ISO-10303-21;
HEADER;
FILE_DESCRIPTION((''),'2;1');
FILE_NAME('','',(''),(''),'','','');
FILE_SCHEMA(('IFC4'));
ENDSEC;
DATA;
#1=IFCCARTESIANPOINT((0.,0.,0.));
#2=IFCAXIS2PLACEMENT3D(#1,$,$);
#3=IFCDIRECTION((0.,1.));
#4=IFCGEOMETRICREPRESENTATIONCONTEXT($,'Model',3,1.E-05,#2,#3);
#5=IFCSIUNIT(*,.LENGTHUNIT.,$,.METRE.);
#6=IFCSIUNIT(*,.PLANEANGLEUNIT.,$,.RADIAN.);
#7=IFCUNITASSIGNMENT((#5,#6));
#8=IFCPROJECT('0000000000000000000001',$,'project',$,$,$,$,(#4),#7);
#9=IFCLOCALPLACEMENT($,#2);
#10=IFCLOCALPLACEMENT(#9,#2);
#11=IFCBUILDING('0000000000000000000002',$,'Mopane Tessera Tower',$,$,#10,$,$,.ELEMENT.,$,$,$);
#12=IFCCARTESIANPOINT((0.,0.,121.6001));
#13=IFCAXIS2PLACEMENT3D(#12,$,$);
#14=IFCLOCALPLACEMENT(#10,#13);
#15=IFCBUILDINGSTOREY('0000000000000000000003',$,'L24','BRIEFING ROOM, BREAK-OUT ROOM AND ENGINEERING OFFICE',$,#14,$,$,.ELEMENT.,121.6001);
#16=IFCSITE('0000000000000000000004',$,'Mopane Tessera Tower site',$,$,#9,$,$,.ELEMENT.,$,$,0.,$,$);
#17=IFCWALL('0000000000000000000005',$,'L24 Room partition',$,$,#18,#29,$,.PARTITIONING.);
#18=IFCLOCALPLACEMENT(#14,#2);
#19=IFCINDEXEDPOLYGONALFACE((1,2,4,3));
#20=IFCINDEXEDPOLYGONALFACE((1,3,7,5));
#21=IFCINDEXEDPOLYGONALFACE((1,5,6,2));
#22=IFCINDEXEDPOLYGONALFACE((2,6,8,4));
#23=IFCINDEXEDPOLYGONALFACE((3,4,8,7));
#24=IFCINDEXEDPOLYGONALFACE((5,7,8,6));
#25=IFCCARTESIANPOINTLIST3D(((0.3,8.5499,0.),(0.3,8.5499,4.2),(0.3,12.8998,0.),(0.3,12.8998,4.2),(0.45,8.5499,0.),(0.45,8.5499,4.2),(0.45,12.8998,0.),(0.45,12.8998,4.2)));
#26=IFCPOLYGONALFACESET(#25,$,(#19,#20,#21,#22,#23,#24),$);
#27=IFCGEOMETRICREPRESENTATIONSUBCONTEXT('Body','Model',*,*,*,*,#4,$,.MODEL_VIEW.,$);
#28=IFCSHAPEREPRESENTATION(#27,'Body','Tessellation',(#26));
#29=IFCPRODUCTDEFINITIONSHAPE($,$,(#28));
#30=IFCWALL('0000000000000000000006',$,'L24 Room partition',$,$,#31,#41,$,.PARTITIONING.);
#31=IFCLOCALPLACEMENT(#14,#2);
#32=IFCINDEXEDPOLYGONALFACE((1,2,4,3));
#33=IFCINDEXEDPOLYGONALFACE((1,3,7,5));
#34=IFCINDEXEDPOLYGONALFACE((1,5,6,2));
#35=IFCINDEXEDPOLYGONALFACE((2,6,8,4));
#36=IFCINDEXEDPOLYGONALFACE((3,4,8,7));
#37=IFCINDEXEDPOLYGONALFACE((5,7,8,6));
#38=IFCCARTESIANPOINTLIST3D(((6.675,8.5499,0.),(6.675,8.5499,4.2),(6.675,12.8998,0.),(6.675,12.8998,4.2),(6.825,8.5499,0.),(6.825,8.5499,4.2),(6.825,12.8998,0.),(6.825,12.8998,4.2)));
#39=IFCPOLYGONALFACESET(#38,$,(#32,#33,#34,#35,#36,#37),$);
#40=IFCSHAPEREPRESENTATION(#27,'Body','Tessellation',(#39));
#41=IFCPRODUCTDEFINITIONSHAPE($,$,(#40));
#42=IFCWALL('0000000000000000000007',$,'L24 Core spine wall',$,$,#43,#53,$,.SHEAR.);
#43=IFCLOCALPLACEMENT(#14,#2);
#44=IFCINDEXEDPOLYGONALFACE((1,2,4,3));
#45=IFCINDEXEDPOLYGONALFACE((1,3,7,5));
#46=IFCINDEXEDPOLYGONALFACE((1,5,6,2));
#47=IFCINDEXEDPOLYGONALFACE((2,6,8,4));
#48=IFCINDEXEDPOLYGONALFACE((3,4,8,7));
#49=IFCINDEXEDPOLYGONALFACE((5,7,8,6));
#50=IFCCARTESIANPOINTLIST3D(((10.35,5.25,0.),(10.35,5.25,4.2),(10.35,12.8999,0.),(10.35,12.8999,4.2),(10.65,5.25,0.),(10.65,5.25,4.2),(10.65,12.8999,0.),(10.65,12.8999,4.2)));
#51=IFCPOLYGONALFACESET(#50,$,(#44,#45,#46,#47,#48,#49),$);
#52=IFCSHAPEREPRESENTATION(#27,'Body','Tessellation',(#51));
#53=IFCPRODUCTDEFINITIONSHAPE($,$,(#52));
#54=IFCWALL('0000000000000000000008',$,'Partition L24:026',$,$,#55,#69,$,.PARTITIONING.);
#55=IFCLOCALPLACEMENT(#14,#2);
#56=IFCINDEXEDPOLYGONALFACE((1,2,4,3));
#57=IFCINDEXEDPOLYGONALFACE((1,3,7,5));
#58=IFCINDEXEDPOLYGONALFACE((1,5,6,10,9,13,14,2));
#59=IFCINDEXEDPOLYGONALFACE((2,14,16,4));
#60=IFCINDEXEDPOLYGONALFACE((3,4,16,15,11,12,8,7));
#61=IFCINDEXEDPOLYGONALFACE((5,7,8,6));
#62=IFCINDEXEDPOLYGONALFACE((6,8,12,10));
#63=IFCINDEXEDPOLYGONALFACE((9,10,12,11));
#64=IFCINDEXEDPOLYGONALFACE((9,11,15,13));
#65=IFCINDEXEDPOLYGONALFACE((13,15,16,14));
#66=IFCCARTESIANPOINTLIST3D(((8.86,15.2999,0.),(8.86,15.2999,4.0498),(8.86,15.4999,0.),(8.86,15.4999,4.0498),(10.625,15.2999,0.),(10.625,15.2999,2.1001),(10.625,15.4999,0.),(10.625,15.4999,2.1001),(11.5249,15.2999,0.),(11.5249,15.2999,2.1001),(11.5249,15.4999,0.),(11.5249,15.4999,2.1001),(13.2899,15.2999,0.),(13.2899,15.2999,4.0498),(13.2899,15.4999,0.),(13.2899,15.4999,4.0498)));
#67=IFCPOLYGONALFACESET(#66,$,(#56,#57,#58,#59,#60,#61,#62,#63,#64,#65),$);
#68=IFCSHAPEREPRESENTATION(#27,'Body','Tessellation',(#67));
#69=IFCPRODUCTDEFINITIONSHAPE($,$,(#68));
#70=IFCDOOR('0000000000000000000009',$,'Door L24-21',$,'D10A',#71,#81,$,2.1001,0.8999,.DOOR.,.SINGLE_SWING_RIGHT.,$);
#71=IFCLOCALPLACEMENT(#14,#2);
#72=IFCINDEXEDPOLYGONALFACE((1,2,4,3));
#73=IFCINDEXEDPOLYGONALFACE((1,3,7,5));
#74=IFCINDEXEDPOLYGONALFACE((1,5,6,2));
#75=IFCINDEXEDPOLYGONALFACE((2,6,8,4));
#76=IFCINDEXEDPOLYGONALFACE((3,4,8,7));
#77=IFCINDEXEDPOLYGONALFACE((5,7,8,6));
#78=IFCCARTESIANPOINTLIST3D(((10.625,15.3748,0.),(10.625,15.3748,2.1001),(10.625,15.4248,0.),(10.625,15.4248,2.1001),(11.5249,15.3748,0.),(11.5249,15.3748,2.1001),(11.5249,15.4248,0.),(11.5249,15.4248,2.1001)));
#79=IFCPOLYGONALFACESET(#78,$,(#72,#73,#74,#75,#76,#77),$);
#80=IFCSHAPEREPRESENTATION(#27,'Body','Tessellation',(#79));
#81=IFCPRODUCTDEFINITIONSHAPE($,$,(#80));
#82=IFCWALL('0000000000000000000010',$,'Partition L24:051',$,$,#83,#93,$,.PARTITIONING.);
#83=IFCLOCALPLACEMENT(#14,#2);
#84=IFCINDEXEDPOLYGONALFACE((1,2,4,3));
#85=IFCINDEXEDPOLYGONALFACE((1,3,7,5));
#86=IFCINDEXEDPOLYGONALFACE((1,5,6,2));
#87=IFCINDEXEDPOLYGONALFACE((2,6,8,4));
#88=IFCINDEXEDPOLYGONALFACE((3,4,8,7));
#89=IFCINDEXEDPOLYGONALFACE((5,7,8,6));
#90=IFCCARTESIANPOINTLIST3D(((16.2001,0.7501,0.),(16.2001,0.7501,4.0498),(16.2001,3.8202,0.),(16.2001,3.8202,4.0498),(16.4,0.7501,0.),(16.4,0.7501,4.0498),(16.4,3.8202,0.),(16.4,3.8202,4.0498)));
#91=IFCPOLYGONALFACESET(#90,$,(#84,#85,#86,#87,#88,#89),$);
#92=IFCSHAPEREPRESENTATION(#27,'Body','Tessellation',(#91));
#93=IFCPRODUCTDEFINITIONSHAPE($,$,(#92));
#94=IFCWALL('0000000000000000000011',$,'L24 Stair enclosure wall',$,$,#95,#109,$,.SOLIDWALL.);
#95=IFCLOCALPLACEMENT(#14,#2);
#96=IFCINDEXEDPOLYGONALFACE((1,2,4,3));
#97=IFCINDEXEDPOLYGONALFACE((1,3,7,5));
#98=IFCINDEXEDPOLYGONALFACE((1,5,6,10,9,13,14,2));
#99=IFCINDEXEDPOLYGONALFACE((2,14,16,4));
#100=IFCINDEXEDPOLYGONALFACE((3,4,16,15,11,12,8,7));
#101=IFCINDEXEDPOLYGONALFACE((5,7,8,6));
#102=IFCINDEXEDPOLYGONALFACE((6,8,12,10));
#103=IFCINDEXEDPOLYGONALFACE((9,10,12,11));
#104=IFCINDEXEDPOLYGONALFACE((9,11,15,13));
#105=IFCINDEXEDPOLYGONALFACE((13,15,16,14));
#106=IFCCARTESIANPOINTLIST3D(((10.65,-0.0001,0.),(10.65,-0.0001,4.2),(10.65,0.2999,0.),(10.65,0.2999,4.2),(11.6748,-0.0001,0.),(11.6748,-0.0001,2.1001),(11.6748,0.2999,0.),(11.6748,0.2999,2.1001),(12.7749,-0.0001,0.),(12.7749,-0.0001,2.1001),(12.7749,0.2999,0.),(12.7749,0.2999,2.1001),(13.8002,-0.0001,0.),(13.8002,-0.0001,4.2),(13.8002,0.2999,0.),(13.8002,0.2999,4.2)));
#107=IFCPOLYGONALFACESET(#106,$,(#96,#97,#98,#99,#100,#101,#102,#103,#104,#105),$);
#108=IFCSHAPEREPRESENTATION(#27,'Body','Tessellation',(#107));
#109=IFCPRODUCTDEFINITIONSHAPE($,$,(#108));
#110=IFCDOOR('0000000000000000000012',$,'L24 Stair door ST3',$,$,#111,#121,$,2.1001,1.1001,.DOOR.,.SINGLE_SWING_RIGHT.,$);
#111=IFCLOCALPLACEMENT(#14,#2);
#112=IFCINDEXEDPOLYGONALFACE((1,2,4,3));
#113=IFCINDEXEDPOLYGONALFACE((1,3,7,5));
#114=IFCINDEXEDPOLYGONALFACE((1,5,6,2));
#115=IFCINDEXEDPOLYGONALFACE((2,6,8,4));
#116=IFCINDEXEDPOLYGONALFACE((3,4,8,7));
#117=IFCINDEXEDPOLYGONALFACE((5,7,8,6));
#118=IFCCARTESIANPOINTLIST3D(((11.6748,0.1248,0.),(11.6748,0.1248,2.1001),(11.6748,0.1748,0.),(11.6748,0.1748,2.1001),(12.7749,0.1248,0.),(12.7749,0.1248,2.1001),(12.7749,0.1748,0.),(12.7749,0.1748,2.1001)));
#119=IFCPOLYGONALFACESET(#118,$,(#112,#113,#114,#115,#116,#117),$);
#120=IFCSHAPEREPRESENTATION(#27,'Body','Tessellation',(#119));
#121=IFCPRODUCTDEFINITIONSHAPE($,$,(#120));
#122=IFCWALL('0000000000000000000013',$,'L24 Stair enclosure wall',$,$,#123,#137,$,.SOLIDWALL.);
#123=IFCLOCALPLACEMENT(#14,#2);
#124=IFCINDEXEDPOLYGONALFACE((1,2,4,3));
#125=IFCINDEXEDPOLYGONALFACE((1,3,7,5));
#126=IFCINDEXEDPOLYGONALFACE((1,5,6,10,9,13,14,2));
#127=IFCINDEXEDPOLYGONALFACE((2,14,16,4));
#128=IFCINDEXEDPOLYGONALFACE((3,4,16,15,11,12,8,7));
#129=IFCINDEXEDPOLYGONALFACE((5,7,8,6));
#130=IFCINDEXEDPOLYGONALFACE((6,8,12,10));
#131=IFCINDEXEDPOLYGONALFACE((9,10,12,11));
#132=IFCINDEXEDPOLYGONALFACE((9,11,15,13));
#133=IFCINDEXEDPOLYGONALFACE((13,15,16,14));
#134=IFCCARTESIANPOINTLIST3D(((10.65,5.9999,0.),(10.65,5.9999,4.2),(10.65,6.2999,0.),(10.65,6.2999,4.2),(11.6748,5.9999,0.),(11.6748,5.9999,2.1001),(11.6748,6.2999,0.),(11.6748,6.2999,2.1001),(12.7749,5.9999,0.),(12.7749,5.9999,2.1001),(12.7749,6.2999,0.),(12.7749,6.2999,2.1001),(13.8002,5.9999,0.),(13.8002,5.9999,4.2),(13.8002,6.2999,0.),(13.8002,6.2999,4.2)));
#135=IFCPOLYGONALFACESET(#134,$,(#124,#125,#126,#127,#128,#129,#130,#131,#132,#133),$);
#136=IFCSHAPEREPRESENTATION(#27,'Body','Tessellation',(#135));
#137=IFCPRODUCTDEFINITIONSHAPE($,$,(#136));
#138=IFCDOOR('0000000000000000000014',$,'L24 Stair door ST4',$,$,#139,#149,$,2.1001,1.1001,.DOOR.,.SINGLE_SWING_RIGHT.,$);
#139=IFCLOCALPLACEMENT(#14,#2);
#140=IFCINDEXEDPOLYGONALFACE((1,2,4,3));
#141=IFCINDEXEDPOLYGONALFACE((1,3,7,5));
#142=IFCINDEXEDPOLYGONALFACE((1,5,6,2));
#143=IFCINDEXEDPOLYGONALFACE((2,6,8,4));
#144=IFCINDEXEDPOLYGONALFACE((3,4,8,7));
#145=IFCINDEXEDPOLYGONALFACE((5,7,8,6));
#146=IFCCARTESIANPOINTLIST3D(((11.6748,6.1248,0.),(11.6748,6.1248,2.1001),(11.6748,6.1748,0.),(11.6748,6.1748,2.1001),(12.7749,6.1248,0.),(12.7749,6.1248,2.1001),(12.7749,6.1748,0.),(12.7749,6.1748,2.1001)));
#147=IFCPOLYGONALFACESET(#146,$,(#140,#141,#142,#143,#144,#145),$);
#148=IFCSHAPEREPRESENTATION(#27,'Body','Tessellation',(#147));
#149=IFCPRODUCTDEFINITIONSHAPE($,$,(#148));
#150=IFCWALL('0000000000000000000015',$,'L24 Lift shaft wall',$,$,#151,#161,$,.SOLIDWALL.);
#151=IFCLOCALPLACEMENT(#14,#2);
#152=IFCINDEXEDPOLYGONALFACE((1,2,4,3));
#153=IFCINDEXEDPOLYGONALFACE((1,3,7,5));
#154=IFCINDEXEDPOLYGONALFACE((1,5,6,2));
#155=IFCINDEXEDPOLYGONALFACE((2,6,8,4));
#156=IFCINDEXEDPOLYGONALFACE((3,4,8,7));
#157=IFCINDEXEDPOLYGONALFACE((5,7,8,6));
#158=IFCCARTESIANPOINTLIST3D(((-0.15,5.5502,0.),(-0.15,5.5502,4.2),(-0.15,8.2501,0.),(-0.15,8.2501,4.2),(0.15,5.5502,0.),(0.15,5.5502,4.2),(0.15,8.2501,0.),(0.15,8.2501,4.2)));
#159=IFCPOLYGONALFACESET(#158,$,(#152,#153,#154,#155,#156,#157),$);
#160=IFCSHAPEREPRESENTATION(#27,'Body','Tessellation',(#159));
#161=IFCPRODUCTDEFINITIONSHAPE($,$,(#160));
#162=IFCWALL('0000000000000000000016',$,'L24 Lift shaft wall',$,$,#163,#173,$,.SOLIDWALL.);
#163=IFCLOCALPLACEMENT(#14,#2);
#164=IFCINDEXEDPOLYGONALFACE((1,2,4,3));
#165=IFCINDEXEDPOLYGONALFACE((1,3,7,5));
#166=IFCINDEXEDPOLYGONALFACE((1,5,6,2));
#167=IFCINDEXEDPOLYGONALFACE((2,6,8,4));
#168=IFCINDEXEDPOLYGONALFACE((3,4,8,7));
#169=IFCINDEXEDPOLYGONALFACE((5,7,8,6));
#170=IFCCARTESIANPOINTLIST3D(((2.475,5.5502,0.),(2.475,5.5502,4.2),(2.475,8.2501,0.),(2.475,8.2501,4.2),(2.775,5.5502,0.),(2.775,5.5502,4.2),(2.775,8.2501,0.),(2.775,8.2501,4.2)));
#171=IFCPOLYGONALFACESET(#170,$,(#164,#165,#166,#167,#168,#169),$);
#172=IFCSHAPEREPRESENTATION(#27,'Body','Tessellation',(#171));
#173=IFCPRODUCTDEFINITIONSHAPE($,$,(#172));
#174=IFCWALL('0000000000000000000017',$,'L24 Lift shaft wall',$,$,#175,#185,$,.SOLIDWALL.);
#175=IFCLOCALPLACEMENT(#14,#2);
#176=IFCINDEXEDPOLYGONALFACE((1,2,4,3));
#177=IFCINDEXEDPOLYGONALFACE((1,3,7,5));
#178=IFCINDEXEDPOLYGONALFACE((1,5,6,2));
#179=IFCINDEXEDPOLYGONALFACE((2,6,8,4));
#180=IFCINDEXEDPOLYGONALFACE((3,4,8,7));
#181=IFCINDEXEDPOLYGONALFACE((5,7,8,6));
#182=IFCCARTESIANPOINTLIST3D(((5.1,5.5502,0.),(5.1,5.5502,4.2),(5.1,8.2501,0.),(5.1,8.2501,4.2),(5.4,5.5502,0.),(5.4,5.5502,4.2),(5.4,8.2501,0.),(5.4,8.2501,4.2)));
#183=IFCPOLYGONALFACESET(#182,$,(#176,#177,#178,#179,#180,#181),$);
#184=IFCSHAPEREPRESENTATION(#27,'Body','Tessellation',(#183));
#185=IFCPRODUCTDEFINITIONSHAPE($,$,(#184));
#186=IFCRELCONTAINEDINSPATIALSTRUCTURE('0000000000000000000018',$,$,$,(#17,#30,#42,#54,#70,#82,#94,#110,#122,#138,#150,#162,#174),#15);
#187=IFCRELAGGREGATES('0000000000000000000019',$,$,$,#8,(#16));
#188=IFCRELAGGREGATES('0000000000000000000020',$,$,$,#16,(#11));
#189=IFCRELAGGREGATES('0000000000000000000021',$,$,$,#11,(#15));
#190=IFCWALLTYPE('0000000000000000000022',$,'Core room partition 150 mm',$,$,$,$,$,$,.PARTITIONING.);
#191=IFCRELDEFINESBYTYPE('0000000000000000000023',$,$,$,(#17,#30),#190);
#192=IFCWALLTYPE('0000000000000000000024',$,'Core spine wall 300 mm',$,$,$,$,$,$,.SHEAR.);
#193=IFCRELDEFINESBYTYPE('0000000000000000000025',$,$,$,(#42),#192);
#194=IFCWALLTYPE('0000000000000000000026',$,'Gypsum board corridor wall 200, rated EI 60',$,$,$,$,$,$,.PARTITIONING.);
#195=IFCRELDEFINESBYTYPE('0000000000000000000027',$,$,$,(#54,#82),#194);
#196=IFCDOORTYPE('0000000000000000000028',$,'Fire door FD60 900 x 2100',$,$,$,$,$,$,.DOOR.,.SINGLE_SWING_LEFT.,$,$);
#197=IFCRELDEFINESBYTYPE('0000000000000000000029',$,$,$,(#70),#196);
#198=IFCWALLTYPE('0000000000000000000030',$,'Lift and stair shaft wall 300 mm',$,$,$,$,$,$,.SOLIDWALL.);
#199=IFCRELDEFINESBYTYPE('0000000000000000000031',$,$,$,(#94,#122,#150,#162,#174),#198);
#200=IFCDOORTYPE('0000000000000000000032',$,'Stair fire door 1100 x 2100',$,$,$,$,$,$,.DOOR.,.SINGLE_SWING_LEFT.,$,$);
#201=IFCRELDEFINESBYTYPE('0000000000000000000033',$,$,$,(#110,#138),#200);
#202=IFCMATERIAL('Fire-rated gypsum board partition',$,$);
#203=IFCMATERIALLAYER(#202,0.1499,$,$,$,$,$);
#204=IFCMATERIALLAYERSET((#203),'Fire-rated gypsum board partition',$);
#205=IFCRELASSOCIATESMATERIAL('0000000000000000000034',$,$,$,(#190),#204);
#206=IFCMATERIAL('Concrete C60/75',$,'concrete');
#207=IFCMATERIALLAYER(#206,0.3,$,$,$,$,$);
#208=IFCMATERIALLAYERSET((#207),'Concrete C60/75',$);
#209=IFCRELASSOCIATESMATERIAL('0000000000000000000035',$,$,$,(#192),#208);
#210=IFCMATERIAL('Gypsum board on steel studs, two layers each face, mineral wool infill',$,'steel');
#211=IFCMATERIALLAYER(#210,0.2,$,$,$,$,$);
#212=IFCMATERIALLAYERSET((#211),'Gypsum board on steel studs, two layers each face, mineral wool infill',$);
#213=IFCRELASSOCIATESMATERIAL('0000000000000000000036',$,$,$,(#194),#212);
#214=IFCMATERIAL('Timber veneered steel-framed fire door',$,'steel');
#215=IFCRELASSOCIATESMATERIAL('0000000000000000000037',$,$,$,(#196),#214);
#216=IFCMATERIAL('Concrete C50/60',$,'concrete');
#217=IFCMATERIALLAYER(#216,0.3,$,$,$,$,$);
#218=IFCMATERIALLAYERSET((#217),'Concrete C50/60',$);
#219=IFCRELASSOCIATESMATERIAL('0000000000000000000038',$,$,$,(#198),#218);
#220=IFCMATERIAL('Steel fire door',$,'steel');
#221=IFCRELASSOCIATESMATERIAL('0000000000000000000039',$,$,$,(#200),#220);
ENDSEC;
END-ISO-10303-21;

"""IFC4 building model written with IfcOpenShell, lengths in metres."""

from ifc_helpers import new_model, si_unit, direction, frame, frame_2d, origin, place, context, subcontext, project, spatial, rectangle, extrude, material, layer, layer_set, type_object, element, fill, save


model = new_model("IFC4")

# Units and contexts
model_context = context("Model", 3, precision=1e-05, world=origin(), true_north=direction((0.0, 1.0)))
body_context = subcontext(model_context, "Body", "Model", "MODEL_VIEW")
ifc_project = project(units=[si_unit("LENGTHUNIT", "METRE"), si_unit("PLANEANGLEUNIT", "RADIAN")], contexts=[model_context])

# Site, building, storey
site_placement = place(None, origin())
site = spatial("IfcSite", under=ifc_project, at=site_placement, Name="Mopane Tessera Tower site", CompositionType="ELEMENT", RefElevation=0.0)
building_placement = place(site_placement, origin())
building = spatial("IfcBuilding", under=site, at=building_placement, Name="Mopane Tessera Tower", CompositionType="ELEMENT")
storey_placement = place(building_placement, frame((0.0, 0.0, 121.6001)))
storey = spatial("IfcBuildingStorey", under=building, at=storey_placement, Name="L24", Description="BRIEFING ROOM, BREAK-OUT ROOM AND ENGINEERING OFFICE", CompositionType="ELEMENT", Elevation=121.6001)

# Walls
ifc_material_1 = material(Name="Fire-rated gypsum board partition")
ifc_layer_1 = layer(ifc_material_1, 0.1499)
ifc_layer_set_1 = layer_set([ifc_layer_1], Name="Fire-rated gypsum board partition")
wall_type_1 = type_object("IfcWallType", Name="Core room partition 150 mm", PredefinedType="PARTITIONING", material=ifc_layer_set_1)
for number, where, z_axis, x_axis, name in (
    (1, (0.375, 8.55, 0.0), (0.0, 0.0, 1.0), (0.0, 1.0, 0.0), "L24 Room partition"),
    (2, (6.75, 8.55, 0.0), (0.0, 0.0, 1.0), (0.0, 1.0, 0.0), "L24 Room partition"),
):
    element("IfcWall", number, at=place(storey_placement, frame(where, z_axis=z_axis, x_axis=x_axis)), inside=storey, type_object=wall_type_1, Name=name, PredefinedType="PARTITIONING", context=body_context, shape_type="SweptSolid", body=[
        extrude(rectangle(XDim=4.3499, YDim=0.1499, at=frame_2d((2.1748, 0.0))), origin(), (0.0, 0.0, 1.0), 4.2),
    ])
ifc_material_2 = material(Name="Concrete C60/75", Category="concrete")
ifc_layer_2 = layer(ifc_material_2, 0.3)
ifc_layer_set_2 = layer_set([ifc_layer_2], Name="Concrete C60/75")
wall_type_2 = type_object("IfcWallType", Name="Core spine wall 300 mm", PredefinedType="SHEAR", material=ifc_layer_set_2)
wall_1_placement = place(storey_placement, frame((10.5, 5.25, 0.0), z_axis=(0.0, 0.0, 1.0), x_axis=(0.0, 1.0, 0.0)))
element("IfcWall", 3, at=wall_1_placement, inside=storey, type_object=wall_type_2, Name="L24 Core spine wall", PredefinedType="SHEAR", context=body_context, shape_type="SweptSolid", body=[
    extrude(rectangle(XDim=7.6499, YDim=0.3, at=frame_2d((3.825, 0.0))), origin(), (0.0, 0.0, 1.0), 4.2),
])

# Wall, opening, door
ifc_material_3 = material(Name="Gypsum board on steel studs, two layers each face, mineral wool infill", Category="steel")
ifc_layer_3 = layer(ifc_material_3, 0.2)
ifc_layer_set_3 = layer_set([ifc_layer_3], Name="Gypsum board on steel studs, two layers each face, mineral wool infill")
wall_type_3 = type_object("IfcWallType", Name="Gypsum board corridor wall 200, rated EI 60", PredefinedType="PARTITIONING", material=ifc_layer_set_3)
wall_2_placement = place(storey_placement, frame((8.8601, 15.3999, 0.0), z_axis=(0.0, 0.0, 1.0), x_axis=(1.0, 0.0, 0.0)))
wall_2 = element("IfcWall", 4, at=wall_2_placement, inside=storey, type_object=wall_type_3, Name="Partition L24:026", PredefinedType="PARTITIONING", context=body_context, shape_type="SweptSolid", body=[
    extrude(rectangle(XDim=4.4299, YDim=0.2, at=frame_2d((2.2148, 0.0))), origin(), (0.0, 0.0, 1.0), 4.0498),
])
opening_1_placement = place(wall_2_placement, frame((1.7649, 0.0, 0.0)))
opening_1 = element("IfcOpeningElement", 5, at=opening_1_placement, cuts=wall_2, PredefinedType="OPENING", context=body_context, shape_type="SweptSolid", body=[
    extrude(rectangle(XDim=0.8999, YDim=2.1001, at=frame_2d((0.45, 1.05))), frame((0.0, 0.1121, 0.0), z_axis=(0.0, -1.0, 0.0), x_axis=(1.0, 0.0, 0.0)), (0.0, 0.0, 1.0), 0.2239),
])
ifc_material_4 = material(Name="Timber veneered steel-framed fire door", Category="steel")
door_type_1 = type_object("IfcDoorType", Name="Fire door FD60 900 x 2100", OperationType="SINGLE_SWING_LEFT", PredefinedType="DOOR", material=ifc_material_4)
door_1_placement = place(opening_1_placement, origin())
door_1 = element("IfcDoor", 6, at=door_1_placement, inside=storey, type_object=door_type_1, Name="Door L24-21", ObjectType="D10A", OperationType="SINGLE_SWING_RIGHT", OverallHeight=2.1001, OverallWidth=0.8999, PredefinedType="DOOR", context=body_context, shape_type="SweptSolid", body=[
    extrude(rectangle(XDim=0.8999, YDim=2.1001, at=frame_2d((0.45, 1.05))), frame((0.0, 0.0249, 0.0), z_axis=(0.0, -1.0, 0.0), x_axis=(1.0, 0.0, 0.0)), (0.0, 0.0, 1.0), 0.05),
])
fill(opening_1, door_1)

# Wall
wall_3_placement = place(storey_placement, frame((16.3, 0.75, 0.0), z_axis=(0.0, 0.0, 1.0), x_axis=(0.0, 1.0, 0.0)))
element("IfcWall", 7, at=wall_3_placement, inside=storey, type_object=wall_type_3, Name="Partition L24:051", PredefinedType="PARTITIONING", context=body_context, shape_type="SweptSolid", body=[
    extrude(rectangle(XDim=3.0701, YDim=0.2, at=frame_2d((1.5352, 0.0))), origin(), (0.0, 0.0, 1.0), 4.0498),
])

# Walls, openings, doors
ifc_material_5 = material(Name="Concrete C50/60", Category="concrete")
ifc_layer_4 = layer(ifc_material_5, 0.3)
ifc_layer_set_4 = layer_set([ifc_layer_4], Name="Concrete C50/60")
wall_type_4 = type_object("IfcWallType", Name="Lift and stair shaft wall 300 mm", PredefinedType="SOLIDWALL", material=ifc_layer_set_4)
wall_4_placement = place(storey_placement, frame((10.6499, 0.1499, 0.0), z_axis=(0.0, 0.0, 1.0), x_axis=(1.0, 0.0, 0.0)))
wall_4 = element("IfcWall", 8, at=wall_4_placement, inside=storey, type_object=wall_type_4, Name="L24 Stair enclosure wall", PredefinedType="SOLIDWALL", context=body_context, shape_type="SweptSolid", body=[
    extrude(rectangle(XDim=3.1501, YDim=0.3, at=frame_2d((1.5752, 0.0))), origin(), (0.0, 0.0, 1.0), 4.2),
])
opening_2_placement = place(wall_4_placement, frame((1.0249, 0.0, 0.0)))
opening_2 = element("IfcOpeningElement", 9, at=opening_2_placement, cuts=wall_4, PredefinedType="OPENING", context=body_context, shape_type="SweptSolid", body=[
    extrude(rectangle(XDim=1.1001, YDim=2.1001, at=frame_2d((0.55, 1.05))), frame((0.0, 0.1621, 0.0), z_axis=(0.0, -1.0, 0.0), x_axis=(1.0, 0.0, 0.0)), (0.0, 0.0, 1.0), 0.324),
])
ifc_material_6 = material(Name="Steel fire door", Category="steel")
door_type_2 = type_object("IfcDoorType", Name="Stair fire door 1100 x 2100", OperationType="SINGLE_SWING_LEFT", PredefinedType="DOOR", material=ifc_material_6)
door_2_placement = place(opening_2_placement, origin())
door_2 = element("IfcDoor", 10, at=door_2_placement, inside=storey, type_object=door_type_2, Name="L24 Stair door ST3", OperationType="SINGLE_SWING_RIGHT", OverallHeight=2.1001, OverallWidth=1.1001, PredefinedType="DOOR", context=body_context, shape_type="SweptSolid", body=[
    extrude(rectangle(XDim=1.1001, YDim=2.1001, at=frame_2d((0.55, 1.05))), frame((0.0, 0.0249, 0.0), z_axis=(0.0, -1.0, 0.0), x_axis=(1.0, 0.0, 0.0)), (0.0, 0.0, 1.0), 0.05),
])
fill(opening_2, door_2)
wall_5_placement = place(storey_placement, frame((10.6499, 6.1499, 0.0), z_axis=(0.0, 0.0, 1.0), x_axis=(1.0, 0.0, 0.0)))
wall_5 = element("IfcWall", 11, at=wall_5_placement, inside=storey, type_object=wall_type_4, Name="L24 Stair enclosure wall", PredefinedType="SOLIDWALL", context=body_context, shape_type="SweptSolid", body=[
    extrude(rectangle(XDim=3.1501, YDim=0.3, at=frame_2d((1.5752, 0.0))), origin(), (0.0, 0.0, 1.0), 4.2),
])
opening_3_placement = place(wall_5_placement, frame((1.0249, 0.0, 0.0)))
opening_3 = element("IfcOpeningElement", 12, at=opening_3_placement, cuts=wall_5, PredefinedType="OPENING", context=body_context, shape_type="SweptSolid", body=[
    extrude(rectangle(XDim=1.1001, YDim=2.1001, at=frame_2d((0.55, 1.05))), frame((0.0, 0.1621, 0.0), z_axis=(0.0, -1.0, 0.0), x_axis=(1.0, 0.0, 0.0)), (0.0, 0.0, 1.0), 0.324),
])
door_3_placement = place(opening_3_placement, origin())
door_3 = element("IfcDoor", 13, at=door_3_placement, inside=storey, type_object=door_type_2, Name="L24 Stair door ST4", OperationType="SINGLE_SWING_RIGHT", OverallHeight=2.1001, OverallWidth=1.1001, PredefinedType="DOOR", context=body_context, shape_type="SweptSolid", body=[
    extrude(rectangle(XDim=1.1001, YDim=2.1001, at=frame_2d((0.55, 1.05))), frame((0.0, 0.0249, 0.0), z_axis=(0.0, -1.0, 0.0), x_axis=(1.0, 0.0, 0.0)), (0.0, 0.0, 1.0), 0.05),
])
fill(opening_3, door_3)

# Walls
for number, where, z_axis, x_axis, name in (
    (14, (0.0, 5.55, 0.0), (0.0, 0.0, 1.0), (0.0, 1.0, 0.0), "L24 Lift shaft wall"),
    (15, (2.625, 5.55, 0.0), (0.0, 0.0, 1.0), (0.0, 1.0, 0.0), "L24 Lift shaft wall"),
    (16, (5.25, 5.55, 0.0), (0.0, 0.0, 1.0), (0.0, 1.0, 0.0), "L24 Lift shaft wall"),
):
    element("IfcWall", number, at=place(storey_placement, frame(where, z_axis=z_axis, x_axis=x_axis)), inside=storey, type_object=wall_type_4, Name=name, PredefinedType="SOLIDWALL", context=body_context, shape_type="SweptSolid", body=[
        extrude(rectangle(XDim=2.7, YDim=0.3, at=frame_2d((1.3501, 0.0))), origin(), (0.0, 0.0, 1.0), 4.2),
    ])

save(model, "model.ifc")
